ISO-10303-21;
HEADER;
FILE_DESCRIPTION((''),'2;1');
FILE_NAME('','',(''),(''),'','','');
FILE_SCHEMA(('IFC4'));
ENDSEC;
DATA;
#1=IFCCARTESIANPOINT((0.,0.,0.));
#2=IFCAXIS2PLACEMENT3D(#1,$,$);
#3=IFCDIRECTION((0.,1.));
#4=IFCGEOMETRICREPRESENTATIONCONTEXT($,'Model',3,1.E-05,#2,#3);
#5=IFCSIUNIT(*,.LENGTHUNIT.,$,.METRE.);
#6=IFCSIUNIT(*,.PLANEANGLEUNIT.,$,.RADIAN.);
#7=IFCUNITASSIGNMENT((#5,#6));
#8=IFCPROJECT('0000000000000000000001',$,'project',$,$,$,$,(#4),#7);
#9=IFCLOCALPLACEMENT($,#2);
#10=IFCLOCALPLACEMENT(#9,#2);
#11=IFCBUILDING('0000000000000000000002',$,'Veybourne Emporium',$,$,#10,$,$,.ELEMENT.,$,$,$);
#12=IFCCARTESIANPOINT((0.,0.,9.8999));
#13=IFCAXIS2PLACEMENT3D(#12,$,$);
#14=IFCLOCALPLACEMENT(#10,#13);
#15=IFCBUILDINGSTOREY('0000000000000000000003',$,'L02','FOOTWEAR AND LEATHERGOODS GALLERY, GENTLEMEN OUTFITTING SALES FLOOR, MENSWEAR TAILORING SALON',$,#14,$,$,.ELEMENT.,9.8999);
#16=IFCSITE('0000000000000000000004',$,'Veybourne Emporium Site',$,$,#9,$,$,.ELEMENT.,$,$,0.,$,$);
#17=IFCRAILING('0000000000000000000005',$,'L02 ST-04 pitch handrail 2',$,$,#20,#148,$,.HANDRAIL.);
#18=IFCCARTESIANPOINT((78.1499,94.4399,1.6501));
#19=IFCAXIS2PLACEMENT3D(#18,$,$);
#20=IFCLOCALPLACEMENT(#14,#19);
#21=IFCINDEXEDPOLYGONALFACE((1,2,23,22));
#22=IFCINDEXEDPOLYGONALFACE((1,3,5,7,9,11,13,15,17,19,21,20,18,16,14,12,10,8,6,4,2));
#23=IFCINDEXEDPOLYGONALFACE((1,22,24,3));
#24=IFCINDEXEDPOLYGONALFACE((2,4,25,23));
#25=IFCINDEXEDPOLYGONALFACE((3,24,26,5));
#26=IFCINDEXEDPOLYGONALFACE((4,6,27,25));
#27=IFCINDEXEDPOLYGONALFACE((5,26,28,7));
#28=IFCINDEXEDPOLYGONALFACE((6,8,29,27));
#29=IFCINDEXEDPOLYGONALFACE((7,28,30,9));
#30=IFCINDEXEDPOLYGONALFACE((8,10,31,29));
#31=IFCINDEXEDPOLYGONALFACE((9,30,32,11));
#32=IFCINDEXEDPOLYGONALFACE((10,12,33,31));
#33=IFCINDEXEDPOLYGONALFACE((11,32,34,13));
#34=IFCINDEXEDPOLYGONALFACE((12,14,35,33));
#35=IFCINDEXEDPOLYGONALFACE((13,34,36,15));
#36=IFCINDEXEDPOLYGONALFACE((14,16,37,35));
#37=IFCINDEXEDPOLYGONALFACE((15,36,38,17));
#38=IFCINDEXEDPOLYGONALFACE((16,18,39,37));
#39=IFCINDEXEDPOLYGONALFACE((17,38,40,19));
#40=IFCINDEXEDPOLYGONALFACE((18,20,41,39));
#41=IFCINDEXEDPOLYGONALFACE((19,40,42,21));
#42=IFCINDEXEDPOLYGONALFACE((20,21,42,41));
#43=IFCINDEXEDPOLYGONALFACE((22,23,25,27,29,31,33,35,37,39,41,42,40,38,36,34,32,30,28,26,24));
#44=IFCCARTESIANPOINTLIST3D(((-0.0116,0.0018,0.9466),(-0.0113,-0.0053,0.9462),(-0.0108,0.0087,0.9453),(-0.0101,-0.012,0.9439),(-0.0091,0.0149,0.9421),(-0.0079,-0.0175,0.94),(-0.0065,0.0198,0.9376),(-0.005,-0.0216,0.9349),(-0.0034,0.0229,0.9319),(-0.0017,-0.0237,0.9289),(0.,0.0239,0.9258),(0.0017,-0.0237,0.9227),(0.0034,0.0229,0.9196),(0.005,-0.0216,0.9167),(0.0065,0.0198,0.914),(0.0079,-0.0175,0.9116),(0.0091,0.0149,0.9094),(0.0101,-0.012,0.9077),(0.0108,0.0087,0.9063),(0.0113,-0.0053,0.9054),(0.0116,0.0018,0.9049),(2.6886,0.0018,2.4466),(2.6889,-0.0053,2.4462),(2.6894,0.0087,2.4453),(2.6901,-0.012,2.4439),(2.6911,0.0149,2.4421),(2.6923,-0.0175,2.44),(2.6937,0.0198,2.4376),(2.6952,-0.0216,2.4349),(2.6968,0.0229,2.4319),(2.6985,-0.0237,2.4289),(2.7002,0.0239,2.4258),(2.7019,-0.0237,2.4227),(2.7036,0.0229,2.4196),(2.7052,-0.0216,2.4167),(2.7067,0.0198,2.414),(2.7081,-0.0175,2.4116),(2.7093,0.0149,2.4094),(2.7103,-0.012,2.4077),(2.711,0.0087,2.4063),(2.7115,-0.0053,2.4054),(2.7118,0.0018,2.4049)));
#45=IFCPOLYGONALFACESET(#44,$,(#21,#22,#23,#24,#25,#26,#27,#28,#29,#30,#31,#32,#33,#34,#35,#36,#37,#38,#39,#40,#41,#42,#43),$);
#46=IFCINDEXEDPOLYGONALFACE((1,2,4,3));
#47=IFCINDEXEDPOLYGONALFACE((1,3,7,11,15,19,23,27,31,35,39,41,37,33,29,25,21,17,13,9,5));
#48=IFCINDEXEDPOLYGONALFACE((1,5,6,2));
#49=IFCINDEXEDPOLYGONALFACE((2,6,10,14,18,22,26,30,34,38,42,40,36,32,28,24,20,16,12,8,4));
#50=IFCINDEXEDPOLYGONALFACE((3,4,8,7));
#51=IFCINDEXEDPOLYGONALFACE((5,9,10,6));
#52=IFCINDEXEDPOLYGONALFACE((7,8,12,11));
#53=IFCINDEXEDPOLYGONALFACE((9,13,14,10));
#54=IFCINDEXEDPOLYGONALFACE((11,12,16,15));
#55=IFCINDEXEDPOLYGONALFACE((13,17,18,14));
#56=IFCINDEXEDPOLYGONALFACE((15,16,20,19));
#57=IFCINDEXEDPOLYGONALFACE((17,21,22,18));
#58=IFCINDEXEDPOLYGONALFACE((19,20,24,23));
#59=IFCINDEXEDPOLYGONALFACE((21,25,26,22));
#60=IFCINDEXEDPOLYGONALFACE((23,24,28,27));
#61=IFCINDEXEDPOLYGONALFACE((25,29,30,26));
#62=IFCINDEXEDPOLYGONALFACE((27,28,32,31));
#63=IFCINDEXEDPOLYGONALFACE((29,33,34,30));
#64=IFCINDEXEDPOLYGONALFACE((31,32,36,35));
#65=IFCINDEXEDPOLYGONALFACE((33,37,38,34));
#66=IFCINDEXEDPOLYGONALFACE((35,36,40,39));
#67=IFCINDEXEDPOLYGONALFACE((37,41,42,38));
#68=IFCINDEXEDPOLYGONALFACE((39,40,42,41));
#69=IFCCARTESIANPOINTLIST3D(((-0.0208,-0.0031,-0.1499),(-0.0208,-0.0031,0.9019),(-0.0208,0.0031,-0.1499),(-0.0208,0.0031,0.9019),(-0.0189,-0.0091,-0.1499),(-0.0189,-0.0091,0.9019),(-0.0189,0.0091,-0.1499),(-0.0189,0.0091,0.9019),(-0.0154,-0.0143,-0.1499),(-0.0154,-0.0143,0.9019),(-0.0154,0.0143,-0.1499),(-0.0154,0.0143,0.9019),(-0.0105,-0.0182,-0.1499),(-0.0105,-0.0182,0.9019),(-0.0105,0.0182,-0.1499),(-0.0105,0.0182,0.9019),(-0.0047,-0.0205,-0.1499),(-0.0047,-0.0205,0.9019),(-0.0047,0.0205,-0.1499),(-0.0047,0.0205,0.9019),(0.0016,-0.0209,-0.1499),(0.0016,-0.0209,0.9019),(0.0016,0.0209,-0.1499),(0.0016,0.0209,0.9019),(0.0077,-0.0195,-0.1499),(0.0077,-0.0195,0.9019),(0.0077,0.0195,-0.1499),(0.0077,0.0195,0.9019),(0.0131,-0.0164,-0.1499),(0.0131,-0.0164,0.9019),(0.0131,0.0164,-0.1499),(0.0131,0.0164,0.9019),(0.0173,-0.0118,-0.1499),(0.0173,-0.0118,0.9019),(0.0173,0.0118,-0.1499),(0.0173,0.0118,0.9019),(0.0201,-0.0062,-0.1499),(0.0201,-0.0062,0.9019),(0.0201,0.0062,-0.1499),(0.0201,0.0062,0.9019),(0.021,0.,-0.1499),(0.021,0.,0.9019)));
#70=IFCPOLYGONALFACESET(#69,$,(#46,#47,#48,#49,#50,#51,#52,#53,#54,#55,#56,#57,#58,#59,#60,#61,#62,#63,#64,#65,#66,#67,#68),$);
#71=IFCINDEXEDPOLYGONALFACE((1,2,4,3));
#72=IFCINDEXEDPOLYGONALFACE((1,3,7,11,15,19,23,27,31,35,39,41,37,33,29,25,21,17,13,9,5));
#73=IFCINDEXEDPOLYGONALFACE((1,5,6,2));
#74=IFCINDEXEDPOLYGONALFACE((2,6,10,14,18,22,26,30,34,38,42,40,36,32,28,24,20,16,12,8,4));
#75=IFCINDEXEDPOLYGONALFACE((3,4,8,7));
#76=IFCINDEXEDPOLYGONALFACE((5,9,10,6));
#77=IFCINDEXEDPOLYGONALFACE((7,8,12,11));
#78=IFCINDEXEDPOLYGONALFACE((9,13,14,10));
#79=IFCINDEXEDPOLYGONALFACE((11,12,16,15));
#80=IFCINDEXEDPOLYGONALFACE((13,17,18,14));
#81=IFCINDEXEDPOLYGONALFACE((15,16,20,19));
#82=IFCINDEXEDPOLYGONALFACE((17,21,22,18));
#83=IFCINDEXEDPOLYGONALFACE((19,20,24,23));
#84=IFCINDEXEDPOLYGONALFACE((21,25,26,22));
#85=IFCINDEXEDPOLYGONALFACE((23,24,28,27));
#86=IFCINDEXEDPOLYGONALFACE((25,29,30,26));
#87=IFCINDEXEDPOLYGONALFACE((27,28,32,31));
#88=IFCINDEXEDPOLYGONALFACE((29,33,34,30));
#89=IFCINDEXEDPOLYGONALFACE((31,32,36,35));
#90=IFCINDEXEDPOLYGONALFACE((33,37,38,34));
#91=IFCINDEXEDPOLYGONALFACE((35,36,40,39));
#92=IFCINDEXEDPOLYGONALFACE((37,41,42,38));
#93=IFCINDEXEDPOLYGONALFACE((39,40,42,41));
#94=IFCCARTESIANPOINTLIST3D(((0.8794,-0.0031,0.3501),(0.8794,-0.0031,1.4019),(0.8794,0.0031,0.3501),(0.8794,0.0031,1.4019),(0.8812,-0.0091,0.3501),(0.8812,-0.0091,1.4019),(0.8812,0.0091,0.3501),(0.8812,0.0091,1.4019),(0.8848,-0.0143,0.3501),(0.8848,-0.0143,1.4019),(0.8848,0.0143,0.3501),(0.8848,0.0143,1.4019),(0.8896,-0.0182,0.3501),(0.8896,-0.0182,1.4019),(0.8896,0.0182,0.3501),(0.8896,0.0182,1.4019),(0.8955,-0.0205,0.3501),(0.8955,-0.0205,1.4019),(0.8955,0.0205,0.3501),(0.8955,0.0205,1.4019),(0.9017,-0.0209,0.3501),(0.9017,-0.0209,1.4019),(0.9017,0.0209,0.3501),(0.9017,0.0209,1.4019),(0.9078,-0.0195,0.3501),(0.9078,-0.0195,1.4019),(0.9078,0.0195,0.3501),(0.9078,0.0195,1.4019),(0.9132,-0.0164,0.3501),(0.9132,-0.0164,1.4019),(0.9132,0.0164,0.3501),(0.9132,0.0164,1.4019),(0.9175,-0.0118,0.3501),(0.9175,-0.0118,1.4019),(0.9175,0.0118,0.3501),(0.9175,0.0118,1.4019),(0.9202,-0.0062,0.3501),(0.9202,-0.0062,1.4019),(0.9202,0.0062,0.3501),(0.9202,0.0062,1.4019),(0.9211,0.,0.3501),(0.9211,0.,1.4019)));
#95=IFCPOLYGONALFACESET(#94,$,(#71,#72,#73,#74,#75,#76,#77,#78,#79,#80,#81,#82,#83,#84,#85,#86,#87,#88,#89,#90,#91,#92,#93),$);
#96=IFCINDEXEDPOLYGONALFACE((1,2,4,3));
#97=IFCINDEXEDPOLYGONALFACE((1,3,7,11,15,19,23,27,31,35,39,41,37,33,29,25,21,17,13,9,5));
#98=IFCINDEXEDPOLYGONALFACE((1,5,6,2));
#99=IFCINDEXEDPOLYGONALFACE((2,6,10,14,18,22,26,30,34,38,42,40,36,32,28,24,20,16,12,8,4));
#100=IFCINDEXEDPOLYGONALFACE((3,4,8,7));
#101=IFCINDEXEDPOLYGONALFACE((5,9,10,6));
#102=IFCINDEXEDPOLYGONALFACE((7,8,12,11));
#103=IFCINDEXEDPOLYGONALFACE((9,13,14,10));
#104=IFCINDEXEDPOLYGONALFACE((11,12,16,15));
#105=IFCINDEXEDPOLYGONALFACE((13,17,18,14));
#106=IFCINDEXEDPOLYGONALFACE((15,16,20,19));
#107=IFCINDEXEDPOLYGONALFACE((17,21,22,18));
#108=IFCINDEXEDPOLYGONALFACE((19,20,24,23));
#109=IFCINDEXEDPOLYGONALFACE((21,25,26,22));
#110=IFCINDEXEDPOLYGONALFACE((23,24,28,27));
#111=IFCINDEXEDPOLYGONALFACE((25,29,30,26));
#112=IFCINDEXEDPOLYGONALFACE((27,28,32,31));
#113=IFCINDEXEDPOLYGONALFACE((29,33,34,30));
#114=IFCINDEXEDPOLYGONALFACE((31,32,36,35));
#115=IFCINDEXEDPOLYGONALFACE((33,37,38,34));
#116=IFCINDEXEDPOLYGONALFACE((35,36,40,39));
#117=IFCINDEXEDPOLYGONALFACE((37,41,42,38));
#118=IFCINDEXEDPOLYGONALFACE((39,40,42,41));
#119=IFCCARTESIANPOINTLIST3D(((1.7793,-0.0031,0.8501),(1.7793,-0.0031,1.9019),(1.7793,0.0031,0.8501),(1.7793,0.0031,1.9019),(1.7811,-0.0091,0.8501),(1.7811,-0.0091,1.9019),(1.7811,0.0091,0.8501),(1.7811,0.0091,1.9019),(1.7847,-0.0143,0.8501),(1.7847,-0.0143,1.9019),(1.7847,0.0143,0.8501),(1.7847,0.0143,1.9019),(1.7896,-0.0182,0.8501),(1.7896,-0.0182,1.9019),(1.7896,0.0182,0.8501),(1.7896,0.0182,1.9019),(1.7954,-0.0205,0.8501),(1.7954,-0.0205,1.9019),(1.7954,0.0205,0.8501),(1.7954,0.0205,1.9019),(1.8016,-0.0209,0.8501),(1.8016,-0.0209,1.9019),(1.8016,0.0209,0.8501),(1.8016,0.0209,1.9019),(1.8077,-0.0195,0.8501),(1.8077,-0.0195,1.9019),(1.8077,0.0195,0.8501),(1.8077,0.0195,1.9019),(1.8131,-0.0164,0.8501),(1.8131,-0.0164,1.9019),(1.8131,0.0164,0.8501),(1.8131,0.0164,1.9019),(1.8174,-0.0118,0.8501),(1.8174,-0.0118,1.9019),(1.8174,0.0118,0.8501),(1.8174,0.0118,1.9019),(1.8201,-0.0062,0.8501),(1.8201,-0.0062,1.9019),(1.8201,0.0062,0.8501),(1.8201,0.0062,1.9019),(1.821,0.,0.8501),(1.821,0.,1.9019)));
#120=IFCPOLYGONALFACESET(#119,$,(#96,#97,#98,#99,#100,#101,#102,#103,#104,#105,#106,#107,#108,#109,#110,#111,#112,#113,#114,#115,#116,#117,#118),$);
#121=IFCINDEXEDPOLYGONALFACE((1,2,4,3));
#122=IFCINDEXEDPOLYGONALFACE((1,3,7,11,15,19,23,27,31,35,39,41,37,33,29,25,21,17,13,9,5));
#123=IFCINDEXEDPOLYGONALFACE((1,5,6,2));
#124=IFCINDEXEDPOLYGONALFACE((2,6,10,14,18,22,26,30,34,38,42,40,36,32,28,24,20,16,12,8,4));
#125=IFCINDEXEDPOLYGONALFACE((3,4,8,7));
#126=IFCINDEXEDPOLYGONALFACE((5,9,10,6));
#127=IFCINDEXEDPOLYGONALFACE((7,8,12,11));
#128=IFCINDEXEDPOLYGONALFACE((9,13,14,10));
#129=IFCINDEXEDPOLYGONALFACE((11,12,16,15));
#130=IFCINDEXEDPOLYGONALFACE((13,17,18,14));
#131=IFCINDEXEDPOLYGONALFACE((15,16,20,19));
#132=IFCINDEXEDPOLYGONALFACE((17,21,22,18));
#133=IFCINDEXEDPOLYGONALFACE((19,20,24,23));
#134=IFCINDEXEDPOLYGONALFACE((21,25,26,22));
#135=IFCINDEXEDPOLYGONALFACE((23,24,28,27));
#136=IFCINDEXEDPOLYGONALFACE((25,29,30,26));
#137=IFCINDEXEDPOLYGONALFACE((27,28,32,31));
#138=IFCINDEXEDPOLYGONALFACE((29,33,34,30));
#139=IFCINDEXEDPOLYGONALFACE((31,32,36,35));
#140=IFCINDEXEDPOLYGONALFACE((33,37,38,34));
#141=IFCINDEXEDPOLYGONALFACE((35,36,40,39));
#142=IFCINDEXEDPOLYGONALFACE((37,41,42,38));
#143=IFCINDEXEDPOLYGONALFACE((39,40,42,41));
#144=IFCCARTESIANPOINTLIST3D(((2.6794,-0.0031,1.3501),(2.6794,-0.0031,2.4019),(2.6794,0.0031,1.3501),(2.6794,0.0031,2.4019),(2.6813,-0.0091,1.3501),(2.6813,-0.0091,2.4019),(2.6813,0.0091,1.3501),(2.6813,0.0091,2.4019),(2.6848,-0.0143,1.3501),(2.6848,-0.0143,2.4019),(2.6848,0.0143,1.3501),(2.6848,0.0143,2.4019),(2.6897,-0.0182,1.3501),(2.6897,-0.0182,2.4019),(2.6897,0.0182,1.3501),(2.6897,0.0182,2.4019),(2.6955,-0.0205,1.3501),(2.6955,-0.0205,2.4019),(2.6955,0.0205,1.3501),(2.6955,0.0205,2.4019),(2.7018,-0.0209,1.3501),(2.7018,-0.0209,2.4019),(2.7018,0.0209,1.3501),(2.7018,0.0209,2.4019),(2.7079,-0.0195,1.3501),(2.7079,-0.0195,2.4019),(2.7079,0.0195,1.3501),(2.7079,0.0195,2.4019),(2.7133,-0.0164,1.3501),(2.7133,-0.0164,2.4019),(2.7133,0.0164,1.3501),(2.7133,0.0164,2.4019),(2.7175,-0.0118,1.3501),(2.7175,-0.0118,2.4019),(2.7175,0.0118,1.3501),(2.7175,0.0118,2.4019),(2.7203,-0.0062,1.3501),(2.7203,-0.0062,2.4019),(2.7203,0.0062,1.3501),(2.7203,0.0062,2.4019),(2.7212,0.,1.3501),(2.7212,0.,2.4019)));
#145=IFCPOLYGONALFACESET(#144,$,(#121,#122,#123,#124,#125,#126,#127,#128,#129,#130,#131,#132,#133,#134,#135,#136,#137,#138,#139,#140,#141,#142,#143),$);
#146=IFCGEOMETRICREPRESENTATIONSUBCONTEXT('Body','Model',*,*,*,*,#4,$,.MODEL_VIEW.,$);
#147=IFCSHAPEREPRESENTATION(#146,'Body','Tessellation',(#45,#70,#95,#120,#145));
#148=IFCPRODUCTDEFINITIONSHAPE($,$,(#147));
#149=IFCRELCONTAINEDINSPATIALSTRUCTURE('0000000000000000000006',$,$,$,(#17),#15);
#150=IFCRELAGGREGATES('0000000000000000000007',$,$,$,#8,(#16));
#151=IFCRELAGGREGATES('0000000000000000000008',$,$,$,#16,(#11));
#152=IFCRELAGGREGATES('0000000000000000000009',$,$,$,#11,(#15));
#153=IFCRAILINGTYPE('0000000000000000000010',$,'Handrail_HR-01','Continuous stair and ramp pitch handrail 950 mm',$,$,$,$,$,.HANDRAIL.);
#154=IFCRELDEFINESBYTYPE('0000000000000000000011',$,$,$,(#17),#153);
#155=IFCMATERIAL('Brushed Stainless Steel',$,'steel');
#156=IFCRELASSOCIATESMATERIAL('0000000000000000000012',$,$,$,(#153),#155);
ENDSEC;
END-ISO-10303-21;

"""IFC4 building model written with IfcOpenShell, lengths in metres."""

from ifc_helpers import new_model, si_unit, direction, frame, origin, origin_2d, place, context, subcontext, project, spatial, circle, extrude, material, type_object, element, save


model = new_model("IFC4")

# Units and contexts
model_context = context("Model", 3, precision=1e-05, world=origin(), true_north=direction((0.0, 1.0)))
body_context = subcontext(model_context, "Body", "Model", "MODEL_VIEW")
ifc_project = project(units=[si_unit("LENGTHUNIT", "METRE"), si_unit("PLANEANGLEUNIT", "RADIAN")], contexts=[model_context])

# Site, building, storey
site_placement = place(None, origin())
site = spatial("IfcSite", under=ifc_project, at=site_placement, Name="Veybourne Emporium Site", CompositionType="ELEMENT", RefElevation=0.0)
building_placement = place(site_placement, origin())
building = spatial("IfcBuilding", under=site, at=building_placement, Name="Veybourne Emporium", CompositionType="ELEMENT")
storey_placement = place(building_placement, frame((0.0, 0.0, 9.8999)))
storey = spatial("IfcBuildingStorey", under=building, at=storey_placement, Name="L02", Description="FOOTWEAR AND LEATHERGOODS GALLERY, GENTLEMEN OUTFITTING SALES FLOOR, MENSWEAR TAILORING SALON", CompositionType="ELEMENT", Elevation=9.8999)

# Railing
ifc_material_1 = material(Name="Brushed Stainless Steel", Category="steel")
railing_type_1 = type_object("IfcRailingType", Name="Handrail_HR-01", Description="Continuous stair and ramp pitch handrail 950 mm", PredefinedType="HANDRAIL", material=ifc_material_1)
railing_1_placement = place(storey_placement, frame((78.1499, 94.4399, 1.6501)))
element("IfcRailing", 1, at=railing_1_placement, inside=storey, type_object=railing_type_1, Name="L02 ST-04 pitch handrail 2", PredefinedType="HANDRAIL", context=body_context, shape_type="SweptSolid", body=[
    extrude(circle(Radius=0.0239, at=origin_2d()), frame((0.0, 0.0, 0.9258), z_axis=(0.874172, 0.0, 0.485616), x_axis=(0.0, 1.0, 0.0)), (0.0, 0.0, 1.0), 3.0889),
    extrude(circle(Radius=0.021, at=origin_2d()), frame((0.0, 0.0, -0.1499)), (0.0, 0.0, 1.0), 1.0518),
    extrude(circle(Radius=0.021, at=origin_2d()), frame((0.9001, 0.0, 0.3501)), (0.0, 0.0, 1.0), 1.0518),
    extrude(circle(Radius=0.021, at=origin_2d()), frame((1.8, 0.0, 0.8501)), (0.0, 0.0, 1.0), 1.0518),
    extrude(circle(Radius=0.021, at=origin_2d()), frame((2.7002, 0.0, 1.3501)), (0.0, 0.0, 1.0), 1.0518),
])

save(model, "model.ifc")
